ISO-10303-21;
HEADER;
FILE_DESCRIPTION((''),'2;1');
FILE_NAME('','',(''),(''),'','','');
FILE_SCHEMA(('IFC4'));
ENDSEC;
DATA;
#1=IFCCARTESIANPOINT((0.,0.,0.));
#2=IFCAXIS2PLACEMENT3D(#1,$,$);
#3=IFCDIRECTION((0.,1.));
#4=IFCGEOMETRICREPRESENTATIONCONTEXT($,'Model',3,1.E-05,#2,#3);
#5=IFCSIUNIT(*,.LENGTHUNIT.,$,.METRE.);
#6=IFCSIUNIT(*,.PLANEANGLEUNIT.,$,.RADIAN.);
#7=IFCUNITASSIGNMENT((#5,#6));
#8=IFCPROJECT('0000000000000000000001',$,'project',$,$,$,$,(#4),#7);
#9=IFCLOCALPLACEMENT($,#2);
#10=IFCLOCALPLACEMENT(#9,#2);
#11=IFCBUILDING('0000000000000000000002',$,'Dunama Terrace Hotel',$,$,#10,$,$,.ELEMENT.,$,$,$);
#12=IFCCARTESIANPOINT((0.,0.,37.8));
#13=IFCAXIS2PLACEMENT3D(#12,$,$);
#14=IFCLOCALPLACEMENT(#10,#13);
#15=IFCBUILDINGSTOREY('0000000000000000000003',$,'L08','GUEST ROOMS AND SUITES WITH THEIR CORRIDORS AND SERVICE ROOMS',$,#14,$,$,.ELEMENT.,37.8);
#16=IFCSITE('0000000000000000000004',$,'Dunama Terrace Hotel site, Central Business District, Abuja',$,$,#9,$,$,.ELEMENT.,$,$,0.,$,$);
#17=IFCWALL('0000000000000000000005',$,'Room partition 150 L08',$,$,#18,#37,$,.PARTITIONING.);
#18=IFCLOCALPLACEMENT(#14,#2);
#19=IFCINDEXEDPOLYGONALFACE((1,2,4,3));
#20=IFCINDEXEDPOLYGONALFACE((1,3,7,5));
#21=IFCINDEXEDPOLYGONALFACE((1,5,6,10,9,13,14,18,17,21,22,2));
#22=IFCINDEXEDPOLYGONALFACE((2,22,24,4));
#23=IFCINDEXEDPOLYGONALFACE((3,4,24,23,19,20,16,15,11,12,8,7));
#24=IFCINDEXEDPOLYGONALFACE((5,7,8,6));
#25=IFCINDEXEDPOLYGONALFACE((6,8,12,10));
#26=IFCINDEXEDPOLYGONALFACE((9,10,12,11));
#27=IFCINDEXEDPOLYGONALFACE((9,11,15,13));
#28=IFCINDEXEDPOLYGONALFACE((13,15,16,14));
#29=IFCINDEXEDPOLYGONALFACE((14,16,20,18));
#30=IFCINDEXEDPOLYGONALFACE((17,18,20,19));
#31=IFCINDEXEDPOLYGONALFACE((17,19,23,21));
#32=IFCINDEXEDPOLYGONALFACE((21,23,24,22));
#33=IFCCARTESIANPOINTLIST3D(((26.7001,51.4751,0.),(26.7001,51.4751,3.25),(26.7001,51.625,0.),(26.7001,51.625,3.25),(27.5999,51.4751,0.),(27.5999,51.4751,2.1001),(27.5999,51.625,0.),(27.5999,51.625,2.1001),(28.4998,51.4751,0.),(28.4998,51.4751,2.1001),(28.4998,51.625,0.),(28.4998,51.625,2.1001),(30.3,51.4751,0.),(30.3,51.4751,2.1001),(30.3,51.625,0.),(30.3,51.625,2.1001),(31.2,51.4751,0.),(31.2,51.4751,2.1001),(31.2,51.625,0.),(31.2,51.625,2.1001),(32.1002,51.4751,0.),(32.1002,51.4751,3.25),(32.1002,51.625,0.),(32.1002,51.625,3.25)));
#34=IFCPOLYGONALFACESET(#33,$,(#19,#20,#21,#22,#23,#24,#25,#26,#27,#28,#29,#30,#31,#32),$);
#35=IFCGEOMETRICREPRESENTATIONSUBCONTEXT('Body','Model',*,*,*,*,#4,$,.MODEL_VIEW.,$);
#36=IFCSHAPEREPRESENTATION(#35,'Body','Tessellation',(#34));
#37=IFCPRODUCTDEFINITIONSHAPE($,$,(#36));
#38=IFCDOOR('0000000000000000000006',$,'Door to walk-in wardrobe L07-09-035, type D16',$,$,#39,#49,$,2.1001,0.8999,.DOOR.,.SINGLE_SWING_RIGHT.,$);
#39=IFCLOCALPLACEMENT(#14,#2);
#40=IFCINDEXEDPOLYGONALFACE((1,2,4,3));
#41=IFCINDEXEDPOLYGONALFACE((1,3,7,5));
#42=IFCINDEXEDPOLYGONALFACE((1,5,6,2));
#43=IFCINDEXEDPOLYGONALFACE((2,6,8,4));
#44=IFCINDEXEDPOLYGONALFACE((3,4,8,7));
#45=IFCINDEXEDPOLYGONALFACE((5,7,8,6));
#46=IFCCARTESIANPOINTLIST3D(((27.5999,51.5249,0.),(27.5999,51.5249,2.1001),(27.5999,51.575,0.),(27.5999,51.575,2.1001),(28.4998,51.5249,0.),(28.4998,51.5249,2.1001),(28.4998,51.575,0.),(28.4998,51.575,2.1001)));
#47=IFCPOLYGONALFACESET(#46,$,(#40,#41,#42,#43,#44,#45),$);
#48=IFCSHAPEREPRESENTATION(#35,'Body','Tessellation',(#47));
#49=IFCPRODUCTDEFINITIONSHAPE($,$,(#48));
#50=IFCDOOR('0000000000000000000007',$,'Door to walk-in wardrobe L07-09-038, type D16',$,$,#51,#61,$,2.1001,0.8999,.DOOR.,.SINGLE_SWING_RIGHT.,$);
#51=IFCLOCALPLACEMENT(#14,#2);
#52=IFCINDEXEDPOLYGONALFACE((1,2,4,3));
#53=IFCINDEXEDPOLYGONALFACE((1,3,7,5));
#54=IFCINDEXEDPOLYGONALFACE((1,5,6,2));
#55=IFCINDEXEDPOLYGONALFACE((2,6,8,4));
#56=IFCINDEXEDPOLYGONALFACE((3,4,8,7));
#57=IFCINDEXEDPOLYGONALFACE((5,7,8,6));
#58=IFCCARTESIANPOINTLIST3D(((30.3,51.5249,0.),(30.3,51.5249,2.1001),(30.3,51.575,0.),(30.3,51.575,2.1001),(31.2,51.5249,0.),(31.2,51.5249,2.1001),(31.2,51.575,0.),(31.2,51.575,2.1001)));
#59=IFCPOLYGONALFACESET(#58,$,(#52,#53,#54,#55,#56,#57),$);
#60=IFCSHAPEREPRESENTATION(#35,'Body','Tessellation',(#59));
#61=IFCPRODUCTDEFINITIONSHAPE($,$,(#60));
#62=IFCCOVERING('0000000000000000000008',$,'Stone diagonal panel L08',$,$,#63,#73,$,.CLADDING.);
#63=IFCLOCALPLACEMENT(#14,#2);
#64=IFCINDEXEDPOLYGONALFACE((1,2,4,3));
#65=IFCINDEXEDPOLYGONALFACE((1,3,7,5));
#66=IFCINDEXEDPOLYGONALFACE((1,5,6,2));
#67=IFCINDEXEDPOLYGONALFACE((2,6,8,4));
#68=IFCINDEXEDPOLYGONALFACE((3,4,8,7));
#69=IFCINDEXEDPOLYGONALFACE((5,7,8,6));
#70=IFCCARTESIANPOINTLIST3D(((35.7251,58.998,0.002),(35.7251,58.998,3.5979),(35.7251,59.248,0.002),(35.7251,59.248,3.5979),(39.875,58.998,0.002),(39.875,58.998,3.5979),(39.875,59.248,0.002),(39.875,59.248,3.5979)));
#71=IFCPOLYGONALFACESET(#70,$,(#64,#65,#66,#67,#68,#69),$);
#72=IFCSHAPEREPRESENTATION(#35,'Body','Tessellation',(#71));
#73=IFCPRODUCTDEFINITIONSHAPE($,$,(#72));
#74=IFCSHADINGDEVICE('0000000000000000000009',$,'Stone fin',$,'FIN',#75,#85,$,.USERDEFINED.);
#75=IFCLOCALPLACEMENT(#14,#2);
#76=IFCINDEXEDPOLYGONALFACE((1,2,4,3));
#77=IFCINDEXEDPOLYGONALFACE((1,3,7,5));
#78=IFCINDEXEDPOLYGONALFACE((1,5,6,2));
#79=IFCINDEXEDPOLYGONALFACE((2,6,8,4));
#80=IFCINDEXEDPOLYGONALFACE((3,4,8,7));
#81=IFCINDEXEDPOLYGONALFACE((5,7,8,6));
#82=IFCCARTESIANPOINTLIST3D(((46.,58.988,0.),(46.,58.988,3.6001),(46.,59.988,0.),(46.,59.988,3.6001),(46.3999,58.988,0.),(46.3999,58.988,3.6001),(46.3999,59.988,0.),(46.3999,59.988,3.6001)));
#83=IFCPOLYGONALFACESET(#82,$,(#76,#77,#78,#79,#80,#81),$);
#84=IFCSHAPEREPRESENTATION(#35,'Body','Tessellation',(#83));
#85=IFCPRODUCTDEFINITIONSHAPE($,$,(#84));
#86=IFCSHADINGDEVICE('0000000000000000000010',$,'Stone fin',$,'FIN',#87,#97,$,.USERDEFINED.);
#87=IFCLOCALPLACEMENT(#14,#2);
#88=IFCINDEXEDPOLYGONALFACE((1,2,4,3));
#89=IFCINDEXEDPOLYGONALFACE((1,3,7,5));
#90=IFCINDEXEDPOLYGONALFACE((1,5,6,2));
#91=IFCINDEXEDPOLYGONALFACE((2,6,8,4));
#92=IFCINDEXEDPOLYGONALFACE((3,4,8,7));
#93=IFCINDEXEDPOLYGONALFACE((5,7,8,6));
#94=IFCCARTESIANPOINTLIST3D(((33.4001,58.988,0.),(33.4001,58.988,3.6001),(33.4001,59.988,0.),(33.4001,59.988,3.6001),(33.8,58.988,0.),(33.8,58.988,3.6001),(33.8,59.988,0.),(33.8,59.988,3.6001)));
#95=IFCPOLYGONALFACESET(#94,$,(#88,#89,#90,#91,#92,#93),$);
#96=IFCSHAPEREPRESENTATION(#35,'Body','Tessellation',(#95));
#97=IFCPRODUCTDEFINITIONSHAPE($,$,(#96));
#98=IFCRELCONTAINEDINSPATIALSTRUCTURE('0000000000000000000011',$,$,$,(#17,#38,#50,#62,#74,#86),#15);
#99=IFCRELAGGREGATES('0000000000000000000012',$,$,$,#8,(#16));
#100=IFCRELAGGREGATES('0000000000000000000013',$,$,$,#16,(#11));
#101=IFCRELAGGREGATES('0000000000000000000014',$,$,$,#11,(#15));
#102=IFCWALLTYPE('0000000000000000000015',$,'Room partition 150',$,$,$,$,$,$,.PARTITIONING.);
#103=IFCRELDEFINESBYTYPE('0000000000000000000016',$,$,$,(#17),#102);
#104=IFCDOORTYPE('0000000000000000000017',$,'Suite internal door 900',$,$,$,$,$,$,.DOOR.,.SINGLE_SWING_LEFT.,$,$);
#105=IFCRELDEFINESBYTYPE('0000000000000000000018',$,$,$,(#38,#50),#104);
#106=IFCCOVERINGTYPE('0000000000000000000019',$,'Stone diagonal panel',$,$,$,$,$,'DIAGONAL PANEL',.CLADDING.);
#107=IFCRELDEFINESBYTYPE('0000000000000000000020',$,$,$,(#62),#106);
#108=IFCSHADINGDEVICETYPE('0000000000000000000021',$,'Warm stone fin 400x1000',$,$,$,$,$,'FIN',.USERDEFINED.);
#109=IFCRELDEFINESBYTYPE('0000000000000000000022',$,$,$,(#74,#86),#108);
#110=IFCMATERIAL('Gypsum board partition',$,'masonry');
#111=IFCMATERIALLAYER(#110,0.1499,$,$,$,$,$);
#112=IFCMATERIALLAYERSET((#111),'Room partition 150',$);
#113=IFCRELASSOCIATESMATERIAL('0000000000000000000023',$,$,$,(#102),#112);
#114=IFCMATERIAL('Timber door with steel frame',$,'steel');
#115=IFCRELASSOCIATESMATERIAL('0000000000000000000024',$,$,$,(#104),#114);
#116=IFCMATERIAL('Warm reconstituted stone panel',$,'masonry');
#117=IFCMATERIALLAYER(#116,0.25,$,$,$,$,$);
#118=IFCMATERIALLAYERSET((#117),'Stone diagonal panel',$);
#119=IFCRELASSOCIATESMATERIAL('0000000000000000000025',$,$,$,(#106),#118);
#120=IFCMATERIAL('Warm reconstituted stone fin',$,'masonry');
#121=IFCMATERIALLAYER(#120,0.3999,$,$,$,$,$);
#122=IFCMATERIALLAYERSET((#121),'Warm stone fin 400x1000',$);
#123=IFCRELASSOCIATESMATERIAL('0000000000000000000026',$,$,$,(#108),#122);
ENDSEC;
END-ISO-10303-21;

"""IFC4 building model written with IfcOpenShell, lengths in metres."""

from ifc_helpers import new_model, si_unit, direction, frame, frame_2d, origin, origin_2d, place, context, subcontext, project, spatial, rectangle, extrude, material, layer, layer_set, type_object, element, fill, save


model = new_model("IFC4")

# Units and contexts
model_context = context("Model", 3, precision=1e-05, world=origin(), true_north=direction((0.0, 1.0)))
body_context = subcontext(model_context, "Body", "Model", "MODEL_VIEW")
ifc_project = project(units=[si_unit("LENGTHUNIT", "METRE"), si_unit("PLANEANGLEUNIT", "RADIAN")], contexts=[model_context])

# Site, building, storey
site_placement = place(None, origin())
site = spatial("IfcSite", under=ifc_project, at=site_placement, Name="Dunama Terrace Hotel site, Central Business District, Abuja", CompositionType="ELEMENT", RefElevation=0.0)
building_placement = place(site_placement, origin())
building = spatial("IfcBuilding", under=site, at=building_placement, Name="Dunama Terrace Hotel", CompositionType="ELEMENT")
storey_placement = place(building_placement, frame((0.0, 0.0, 37.8)))
storey = spatial("IfcBuildingStorey", under=building, at=storey_placement, Name="L08", Description="GUEST ROOMS AND SUITES WITH THEIR CORRIDORS AND SERVICE ROOMS", CompositionType="ELEMENT", Elevation=37.8)

# Shared definitions
ifc_material_1 = material(Name="Gypsum board partition", Category="masonry")
ifc_layer_1 = layer(ifc_material_1, 0.1499)
ifc_layer_set_1 = layer_set([ifc_layer_1], Name="Room partition 150")
wall_type = type_object("IfcWallType", Name="Room partition 150", PredefinedType="PARTITIONING", material=ifc_layer_set_1)

# Shared definitions
ifc_material_2 = material(Name="Timber door with steel frame", Category="steel")
door_type = type_object("IfcDoorType", Name="Suite internal door 900", OperationType="SINGLE_SWING_LEFT", PredefinedType="DOOR", material=ifc_material_2)

# Wall, openings, doors
wall_1_placement = place(storey_placement, frame((26.7, 51.55, 0.0), z_axis=(0.0, 0.0, 1.0), x_axis=(1.0, 0.0, 0.0)))
wall_1 = element("IfcWall", 1, at=wall_1_placement, inside=storey, type_object=wall_type, Name="Room partition 150 L08", PredefinedType="PARTITIONING", context=body_context, shape_type="SweptSolid", body=[
    extrude(rectangle(XDim=5.4001, YDim=0.1499, at=frame_2d((2.7002, 0.0))), origin(), (0.0, 0.0, 1.0), 3.25),
])
opening_1_placement = place(wall_1_placement, frame((0.8999, 0.0, 0.0)))
opening_1 = element("IfcOpeningElement", 2, at=opening_1_placement, cuts=wall_1, PredefinedType="OPENING", context=body_context, shape_type="SweptSolid", body=[
    extrude(rectangle(XDim=0.8999, YDim=2.1001, at=frame_2d((0.45, 1.05))), frame((0.0, 0.085, 0.0), z_axis=(0.0, -1.0, 0.0), x_axis=(1.0, 0.0, 0.0)), (0.0, 0.0, 1.0), 0.1699),
])
opening_2_placement = place(wall_1_placement, frame((3.6001, 0.0, 0.0)))
opening_2 = element("IfcOpeningElement", 3, at=opening_2_placement, cuts=wall_1, PredefinedType="OPENING", context=body_context, shape_type="SweptSolid", body=[
    extrude(rectangle(XDim=0.8999, YDim=2.1001, at=frame_2d((0.45, 1.05))), frame((0.0, 0.085, 0.0), z_axis=(0.0, -1.0, 0.0), x_axis=(1.0, 0.0, 0.0)), (0.0, 0.0, 1.0), 0.1699),
])
door_1_placement = place(opening_1_placement, frame((0.8999, 0.0, 0.0), z_axis=(0.0, 0.0, 1.0), x_axis=(-1.0, 0.0, 0.0)))
door_1 = element("IfcDoor", 4, at=door_1_placement, inside=storey, type_object=door_type, Name="Door to walk-in wardrobe L07-09-035, type D16", OperationType="SINGLE_SWING_RIGHT", OverallHeight=2.1001, OverallWidth=0.8999, PredefinedType="DOOR", context=body_context, shape_type="SweptSolid", body=[
    extrude(rectangle(XDim=0.8999, YDim=2.1001, at=frame_2d((0.45, 1.05))), frame((0.0, 0.0251, 0.0), z_axis=(0.0, -1.0, 0.0), x_axis=(1.0, 0.0, 0.0)), (0.0, 0.0, 1.0), 0.05),
])
fill(opening_1, door_1)
door_2_placement = place(opening_2_placement, frame((0.8999, 0.0, 0.0), z_axis=(0.0, 0.0, 1.0), x_axis=(-1.0, 0.0, 0.0)))
door_2 = element("IfcDoor", 5, at=door_2_placement, inside=storey, type_object=door_type, Name="Door to walk-in wardrobe L07-09-038, type D16", OperationType="SINGLE_SWING_RIGHT", OverallHeight=2.1001, OverallWidth=0.8999, PredefinedType="DOOR", context=body_context, shape_type="SweptSolid", body=[
    extrude(rectangle(XDim=0.8999, YDim=2.1001, at=frame_2d((0.45, 1.05))), frame((0.0, 0.0251, 0.0), z_axis=(0.0, -1.0, 0.0), x_axis=(1.0, 0.0, 0.0)), (0.0, 0.0, 1.0), 0.05),
])
fill(opening_2, door_2)

# Covering
ifc_material_3 = material(Name="Warm reconstituted stone panel", Category="masonry")
ifc_layer_2 = layer(ifc_material_3, 0.25)
ifc_layer_set_2 = layer_set([ifc_layer_2], Name="Stone diagonal panel")
covering_type = type_object("IfcCoveringType", Name="Stone diagonal panel", ElementType="DIAGONAL PANEL", PredefinedType="CLADDING", material=ifc_layer_set_2)
covering_placement = place(storey_placement, frame((37.8, 59.123, 0.002), z_axis=(0.0, 0.0, 1.0), x_axis=(-1.0, 0.0, 0.0)))
element("IfcCovering", 6, at=covering_placement, inside=storey, type_object=covering_type, Name="Stone diagonal panel L08", PredefinedType="CLADDING", context=body_context, shape_type="SweptSolid", body=[
    extrude(rectangle(XDim=4.1499, YDim=0.25, at=origin_2d()), origin(), (0.0, 0.0, 1.0), 3.5959),
])

# Shading devices
ifc_material_4 = material(Name="Warm reconstituted stone fin", Category="masonry")
ifc_layer_3 = layer(ifc_material_4, 0.3999)
ifc_layer_set_3 = layer_set([ifc_layer_3], Name="Warm stone fin 400x1000")
shading_device_type = type_object("IfcShadingDeviceType", Name="Warm stone fin 400x1000", ElementType="FIN", PredefinedType="USERDEFINED", material=ifc_layer_set_3)
for number, where, z_axis, x_axis, name in (
    (7, (46.2, 59.488, 0.0), (0.0, 0.0, 1.0), (-1.0, 0.0, 0.0), "Stone fin"),
    (8, (33.6001, 59.488, 0.0), (0.0, 0.0, 1.0), (-1.0, 0.0, 0.0), "Stone fin"),
):
    element("IfcShadingDevice", number, at=place(storey_placement, frame(where, z_axis=z_axis, x_axis=x_axis)), inside=storey, type_object=shading_device_type, Name=name, ObjectType="FIN", PredefinedType="USERDEFINED", context=body_context, shape_type="SweptSolid", body=[
        extrude(rectangle(XDim=0.3999, YDim=1.0, at=origin_2d()), origin(), (0.0, 0.0, 1.0), 3.6001),
    ])

save(model, "model.ifc")
